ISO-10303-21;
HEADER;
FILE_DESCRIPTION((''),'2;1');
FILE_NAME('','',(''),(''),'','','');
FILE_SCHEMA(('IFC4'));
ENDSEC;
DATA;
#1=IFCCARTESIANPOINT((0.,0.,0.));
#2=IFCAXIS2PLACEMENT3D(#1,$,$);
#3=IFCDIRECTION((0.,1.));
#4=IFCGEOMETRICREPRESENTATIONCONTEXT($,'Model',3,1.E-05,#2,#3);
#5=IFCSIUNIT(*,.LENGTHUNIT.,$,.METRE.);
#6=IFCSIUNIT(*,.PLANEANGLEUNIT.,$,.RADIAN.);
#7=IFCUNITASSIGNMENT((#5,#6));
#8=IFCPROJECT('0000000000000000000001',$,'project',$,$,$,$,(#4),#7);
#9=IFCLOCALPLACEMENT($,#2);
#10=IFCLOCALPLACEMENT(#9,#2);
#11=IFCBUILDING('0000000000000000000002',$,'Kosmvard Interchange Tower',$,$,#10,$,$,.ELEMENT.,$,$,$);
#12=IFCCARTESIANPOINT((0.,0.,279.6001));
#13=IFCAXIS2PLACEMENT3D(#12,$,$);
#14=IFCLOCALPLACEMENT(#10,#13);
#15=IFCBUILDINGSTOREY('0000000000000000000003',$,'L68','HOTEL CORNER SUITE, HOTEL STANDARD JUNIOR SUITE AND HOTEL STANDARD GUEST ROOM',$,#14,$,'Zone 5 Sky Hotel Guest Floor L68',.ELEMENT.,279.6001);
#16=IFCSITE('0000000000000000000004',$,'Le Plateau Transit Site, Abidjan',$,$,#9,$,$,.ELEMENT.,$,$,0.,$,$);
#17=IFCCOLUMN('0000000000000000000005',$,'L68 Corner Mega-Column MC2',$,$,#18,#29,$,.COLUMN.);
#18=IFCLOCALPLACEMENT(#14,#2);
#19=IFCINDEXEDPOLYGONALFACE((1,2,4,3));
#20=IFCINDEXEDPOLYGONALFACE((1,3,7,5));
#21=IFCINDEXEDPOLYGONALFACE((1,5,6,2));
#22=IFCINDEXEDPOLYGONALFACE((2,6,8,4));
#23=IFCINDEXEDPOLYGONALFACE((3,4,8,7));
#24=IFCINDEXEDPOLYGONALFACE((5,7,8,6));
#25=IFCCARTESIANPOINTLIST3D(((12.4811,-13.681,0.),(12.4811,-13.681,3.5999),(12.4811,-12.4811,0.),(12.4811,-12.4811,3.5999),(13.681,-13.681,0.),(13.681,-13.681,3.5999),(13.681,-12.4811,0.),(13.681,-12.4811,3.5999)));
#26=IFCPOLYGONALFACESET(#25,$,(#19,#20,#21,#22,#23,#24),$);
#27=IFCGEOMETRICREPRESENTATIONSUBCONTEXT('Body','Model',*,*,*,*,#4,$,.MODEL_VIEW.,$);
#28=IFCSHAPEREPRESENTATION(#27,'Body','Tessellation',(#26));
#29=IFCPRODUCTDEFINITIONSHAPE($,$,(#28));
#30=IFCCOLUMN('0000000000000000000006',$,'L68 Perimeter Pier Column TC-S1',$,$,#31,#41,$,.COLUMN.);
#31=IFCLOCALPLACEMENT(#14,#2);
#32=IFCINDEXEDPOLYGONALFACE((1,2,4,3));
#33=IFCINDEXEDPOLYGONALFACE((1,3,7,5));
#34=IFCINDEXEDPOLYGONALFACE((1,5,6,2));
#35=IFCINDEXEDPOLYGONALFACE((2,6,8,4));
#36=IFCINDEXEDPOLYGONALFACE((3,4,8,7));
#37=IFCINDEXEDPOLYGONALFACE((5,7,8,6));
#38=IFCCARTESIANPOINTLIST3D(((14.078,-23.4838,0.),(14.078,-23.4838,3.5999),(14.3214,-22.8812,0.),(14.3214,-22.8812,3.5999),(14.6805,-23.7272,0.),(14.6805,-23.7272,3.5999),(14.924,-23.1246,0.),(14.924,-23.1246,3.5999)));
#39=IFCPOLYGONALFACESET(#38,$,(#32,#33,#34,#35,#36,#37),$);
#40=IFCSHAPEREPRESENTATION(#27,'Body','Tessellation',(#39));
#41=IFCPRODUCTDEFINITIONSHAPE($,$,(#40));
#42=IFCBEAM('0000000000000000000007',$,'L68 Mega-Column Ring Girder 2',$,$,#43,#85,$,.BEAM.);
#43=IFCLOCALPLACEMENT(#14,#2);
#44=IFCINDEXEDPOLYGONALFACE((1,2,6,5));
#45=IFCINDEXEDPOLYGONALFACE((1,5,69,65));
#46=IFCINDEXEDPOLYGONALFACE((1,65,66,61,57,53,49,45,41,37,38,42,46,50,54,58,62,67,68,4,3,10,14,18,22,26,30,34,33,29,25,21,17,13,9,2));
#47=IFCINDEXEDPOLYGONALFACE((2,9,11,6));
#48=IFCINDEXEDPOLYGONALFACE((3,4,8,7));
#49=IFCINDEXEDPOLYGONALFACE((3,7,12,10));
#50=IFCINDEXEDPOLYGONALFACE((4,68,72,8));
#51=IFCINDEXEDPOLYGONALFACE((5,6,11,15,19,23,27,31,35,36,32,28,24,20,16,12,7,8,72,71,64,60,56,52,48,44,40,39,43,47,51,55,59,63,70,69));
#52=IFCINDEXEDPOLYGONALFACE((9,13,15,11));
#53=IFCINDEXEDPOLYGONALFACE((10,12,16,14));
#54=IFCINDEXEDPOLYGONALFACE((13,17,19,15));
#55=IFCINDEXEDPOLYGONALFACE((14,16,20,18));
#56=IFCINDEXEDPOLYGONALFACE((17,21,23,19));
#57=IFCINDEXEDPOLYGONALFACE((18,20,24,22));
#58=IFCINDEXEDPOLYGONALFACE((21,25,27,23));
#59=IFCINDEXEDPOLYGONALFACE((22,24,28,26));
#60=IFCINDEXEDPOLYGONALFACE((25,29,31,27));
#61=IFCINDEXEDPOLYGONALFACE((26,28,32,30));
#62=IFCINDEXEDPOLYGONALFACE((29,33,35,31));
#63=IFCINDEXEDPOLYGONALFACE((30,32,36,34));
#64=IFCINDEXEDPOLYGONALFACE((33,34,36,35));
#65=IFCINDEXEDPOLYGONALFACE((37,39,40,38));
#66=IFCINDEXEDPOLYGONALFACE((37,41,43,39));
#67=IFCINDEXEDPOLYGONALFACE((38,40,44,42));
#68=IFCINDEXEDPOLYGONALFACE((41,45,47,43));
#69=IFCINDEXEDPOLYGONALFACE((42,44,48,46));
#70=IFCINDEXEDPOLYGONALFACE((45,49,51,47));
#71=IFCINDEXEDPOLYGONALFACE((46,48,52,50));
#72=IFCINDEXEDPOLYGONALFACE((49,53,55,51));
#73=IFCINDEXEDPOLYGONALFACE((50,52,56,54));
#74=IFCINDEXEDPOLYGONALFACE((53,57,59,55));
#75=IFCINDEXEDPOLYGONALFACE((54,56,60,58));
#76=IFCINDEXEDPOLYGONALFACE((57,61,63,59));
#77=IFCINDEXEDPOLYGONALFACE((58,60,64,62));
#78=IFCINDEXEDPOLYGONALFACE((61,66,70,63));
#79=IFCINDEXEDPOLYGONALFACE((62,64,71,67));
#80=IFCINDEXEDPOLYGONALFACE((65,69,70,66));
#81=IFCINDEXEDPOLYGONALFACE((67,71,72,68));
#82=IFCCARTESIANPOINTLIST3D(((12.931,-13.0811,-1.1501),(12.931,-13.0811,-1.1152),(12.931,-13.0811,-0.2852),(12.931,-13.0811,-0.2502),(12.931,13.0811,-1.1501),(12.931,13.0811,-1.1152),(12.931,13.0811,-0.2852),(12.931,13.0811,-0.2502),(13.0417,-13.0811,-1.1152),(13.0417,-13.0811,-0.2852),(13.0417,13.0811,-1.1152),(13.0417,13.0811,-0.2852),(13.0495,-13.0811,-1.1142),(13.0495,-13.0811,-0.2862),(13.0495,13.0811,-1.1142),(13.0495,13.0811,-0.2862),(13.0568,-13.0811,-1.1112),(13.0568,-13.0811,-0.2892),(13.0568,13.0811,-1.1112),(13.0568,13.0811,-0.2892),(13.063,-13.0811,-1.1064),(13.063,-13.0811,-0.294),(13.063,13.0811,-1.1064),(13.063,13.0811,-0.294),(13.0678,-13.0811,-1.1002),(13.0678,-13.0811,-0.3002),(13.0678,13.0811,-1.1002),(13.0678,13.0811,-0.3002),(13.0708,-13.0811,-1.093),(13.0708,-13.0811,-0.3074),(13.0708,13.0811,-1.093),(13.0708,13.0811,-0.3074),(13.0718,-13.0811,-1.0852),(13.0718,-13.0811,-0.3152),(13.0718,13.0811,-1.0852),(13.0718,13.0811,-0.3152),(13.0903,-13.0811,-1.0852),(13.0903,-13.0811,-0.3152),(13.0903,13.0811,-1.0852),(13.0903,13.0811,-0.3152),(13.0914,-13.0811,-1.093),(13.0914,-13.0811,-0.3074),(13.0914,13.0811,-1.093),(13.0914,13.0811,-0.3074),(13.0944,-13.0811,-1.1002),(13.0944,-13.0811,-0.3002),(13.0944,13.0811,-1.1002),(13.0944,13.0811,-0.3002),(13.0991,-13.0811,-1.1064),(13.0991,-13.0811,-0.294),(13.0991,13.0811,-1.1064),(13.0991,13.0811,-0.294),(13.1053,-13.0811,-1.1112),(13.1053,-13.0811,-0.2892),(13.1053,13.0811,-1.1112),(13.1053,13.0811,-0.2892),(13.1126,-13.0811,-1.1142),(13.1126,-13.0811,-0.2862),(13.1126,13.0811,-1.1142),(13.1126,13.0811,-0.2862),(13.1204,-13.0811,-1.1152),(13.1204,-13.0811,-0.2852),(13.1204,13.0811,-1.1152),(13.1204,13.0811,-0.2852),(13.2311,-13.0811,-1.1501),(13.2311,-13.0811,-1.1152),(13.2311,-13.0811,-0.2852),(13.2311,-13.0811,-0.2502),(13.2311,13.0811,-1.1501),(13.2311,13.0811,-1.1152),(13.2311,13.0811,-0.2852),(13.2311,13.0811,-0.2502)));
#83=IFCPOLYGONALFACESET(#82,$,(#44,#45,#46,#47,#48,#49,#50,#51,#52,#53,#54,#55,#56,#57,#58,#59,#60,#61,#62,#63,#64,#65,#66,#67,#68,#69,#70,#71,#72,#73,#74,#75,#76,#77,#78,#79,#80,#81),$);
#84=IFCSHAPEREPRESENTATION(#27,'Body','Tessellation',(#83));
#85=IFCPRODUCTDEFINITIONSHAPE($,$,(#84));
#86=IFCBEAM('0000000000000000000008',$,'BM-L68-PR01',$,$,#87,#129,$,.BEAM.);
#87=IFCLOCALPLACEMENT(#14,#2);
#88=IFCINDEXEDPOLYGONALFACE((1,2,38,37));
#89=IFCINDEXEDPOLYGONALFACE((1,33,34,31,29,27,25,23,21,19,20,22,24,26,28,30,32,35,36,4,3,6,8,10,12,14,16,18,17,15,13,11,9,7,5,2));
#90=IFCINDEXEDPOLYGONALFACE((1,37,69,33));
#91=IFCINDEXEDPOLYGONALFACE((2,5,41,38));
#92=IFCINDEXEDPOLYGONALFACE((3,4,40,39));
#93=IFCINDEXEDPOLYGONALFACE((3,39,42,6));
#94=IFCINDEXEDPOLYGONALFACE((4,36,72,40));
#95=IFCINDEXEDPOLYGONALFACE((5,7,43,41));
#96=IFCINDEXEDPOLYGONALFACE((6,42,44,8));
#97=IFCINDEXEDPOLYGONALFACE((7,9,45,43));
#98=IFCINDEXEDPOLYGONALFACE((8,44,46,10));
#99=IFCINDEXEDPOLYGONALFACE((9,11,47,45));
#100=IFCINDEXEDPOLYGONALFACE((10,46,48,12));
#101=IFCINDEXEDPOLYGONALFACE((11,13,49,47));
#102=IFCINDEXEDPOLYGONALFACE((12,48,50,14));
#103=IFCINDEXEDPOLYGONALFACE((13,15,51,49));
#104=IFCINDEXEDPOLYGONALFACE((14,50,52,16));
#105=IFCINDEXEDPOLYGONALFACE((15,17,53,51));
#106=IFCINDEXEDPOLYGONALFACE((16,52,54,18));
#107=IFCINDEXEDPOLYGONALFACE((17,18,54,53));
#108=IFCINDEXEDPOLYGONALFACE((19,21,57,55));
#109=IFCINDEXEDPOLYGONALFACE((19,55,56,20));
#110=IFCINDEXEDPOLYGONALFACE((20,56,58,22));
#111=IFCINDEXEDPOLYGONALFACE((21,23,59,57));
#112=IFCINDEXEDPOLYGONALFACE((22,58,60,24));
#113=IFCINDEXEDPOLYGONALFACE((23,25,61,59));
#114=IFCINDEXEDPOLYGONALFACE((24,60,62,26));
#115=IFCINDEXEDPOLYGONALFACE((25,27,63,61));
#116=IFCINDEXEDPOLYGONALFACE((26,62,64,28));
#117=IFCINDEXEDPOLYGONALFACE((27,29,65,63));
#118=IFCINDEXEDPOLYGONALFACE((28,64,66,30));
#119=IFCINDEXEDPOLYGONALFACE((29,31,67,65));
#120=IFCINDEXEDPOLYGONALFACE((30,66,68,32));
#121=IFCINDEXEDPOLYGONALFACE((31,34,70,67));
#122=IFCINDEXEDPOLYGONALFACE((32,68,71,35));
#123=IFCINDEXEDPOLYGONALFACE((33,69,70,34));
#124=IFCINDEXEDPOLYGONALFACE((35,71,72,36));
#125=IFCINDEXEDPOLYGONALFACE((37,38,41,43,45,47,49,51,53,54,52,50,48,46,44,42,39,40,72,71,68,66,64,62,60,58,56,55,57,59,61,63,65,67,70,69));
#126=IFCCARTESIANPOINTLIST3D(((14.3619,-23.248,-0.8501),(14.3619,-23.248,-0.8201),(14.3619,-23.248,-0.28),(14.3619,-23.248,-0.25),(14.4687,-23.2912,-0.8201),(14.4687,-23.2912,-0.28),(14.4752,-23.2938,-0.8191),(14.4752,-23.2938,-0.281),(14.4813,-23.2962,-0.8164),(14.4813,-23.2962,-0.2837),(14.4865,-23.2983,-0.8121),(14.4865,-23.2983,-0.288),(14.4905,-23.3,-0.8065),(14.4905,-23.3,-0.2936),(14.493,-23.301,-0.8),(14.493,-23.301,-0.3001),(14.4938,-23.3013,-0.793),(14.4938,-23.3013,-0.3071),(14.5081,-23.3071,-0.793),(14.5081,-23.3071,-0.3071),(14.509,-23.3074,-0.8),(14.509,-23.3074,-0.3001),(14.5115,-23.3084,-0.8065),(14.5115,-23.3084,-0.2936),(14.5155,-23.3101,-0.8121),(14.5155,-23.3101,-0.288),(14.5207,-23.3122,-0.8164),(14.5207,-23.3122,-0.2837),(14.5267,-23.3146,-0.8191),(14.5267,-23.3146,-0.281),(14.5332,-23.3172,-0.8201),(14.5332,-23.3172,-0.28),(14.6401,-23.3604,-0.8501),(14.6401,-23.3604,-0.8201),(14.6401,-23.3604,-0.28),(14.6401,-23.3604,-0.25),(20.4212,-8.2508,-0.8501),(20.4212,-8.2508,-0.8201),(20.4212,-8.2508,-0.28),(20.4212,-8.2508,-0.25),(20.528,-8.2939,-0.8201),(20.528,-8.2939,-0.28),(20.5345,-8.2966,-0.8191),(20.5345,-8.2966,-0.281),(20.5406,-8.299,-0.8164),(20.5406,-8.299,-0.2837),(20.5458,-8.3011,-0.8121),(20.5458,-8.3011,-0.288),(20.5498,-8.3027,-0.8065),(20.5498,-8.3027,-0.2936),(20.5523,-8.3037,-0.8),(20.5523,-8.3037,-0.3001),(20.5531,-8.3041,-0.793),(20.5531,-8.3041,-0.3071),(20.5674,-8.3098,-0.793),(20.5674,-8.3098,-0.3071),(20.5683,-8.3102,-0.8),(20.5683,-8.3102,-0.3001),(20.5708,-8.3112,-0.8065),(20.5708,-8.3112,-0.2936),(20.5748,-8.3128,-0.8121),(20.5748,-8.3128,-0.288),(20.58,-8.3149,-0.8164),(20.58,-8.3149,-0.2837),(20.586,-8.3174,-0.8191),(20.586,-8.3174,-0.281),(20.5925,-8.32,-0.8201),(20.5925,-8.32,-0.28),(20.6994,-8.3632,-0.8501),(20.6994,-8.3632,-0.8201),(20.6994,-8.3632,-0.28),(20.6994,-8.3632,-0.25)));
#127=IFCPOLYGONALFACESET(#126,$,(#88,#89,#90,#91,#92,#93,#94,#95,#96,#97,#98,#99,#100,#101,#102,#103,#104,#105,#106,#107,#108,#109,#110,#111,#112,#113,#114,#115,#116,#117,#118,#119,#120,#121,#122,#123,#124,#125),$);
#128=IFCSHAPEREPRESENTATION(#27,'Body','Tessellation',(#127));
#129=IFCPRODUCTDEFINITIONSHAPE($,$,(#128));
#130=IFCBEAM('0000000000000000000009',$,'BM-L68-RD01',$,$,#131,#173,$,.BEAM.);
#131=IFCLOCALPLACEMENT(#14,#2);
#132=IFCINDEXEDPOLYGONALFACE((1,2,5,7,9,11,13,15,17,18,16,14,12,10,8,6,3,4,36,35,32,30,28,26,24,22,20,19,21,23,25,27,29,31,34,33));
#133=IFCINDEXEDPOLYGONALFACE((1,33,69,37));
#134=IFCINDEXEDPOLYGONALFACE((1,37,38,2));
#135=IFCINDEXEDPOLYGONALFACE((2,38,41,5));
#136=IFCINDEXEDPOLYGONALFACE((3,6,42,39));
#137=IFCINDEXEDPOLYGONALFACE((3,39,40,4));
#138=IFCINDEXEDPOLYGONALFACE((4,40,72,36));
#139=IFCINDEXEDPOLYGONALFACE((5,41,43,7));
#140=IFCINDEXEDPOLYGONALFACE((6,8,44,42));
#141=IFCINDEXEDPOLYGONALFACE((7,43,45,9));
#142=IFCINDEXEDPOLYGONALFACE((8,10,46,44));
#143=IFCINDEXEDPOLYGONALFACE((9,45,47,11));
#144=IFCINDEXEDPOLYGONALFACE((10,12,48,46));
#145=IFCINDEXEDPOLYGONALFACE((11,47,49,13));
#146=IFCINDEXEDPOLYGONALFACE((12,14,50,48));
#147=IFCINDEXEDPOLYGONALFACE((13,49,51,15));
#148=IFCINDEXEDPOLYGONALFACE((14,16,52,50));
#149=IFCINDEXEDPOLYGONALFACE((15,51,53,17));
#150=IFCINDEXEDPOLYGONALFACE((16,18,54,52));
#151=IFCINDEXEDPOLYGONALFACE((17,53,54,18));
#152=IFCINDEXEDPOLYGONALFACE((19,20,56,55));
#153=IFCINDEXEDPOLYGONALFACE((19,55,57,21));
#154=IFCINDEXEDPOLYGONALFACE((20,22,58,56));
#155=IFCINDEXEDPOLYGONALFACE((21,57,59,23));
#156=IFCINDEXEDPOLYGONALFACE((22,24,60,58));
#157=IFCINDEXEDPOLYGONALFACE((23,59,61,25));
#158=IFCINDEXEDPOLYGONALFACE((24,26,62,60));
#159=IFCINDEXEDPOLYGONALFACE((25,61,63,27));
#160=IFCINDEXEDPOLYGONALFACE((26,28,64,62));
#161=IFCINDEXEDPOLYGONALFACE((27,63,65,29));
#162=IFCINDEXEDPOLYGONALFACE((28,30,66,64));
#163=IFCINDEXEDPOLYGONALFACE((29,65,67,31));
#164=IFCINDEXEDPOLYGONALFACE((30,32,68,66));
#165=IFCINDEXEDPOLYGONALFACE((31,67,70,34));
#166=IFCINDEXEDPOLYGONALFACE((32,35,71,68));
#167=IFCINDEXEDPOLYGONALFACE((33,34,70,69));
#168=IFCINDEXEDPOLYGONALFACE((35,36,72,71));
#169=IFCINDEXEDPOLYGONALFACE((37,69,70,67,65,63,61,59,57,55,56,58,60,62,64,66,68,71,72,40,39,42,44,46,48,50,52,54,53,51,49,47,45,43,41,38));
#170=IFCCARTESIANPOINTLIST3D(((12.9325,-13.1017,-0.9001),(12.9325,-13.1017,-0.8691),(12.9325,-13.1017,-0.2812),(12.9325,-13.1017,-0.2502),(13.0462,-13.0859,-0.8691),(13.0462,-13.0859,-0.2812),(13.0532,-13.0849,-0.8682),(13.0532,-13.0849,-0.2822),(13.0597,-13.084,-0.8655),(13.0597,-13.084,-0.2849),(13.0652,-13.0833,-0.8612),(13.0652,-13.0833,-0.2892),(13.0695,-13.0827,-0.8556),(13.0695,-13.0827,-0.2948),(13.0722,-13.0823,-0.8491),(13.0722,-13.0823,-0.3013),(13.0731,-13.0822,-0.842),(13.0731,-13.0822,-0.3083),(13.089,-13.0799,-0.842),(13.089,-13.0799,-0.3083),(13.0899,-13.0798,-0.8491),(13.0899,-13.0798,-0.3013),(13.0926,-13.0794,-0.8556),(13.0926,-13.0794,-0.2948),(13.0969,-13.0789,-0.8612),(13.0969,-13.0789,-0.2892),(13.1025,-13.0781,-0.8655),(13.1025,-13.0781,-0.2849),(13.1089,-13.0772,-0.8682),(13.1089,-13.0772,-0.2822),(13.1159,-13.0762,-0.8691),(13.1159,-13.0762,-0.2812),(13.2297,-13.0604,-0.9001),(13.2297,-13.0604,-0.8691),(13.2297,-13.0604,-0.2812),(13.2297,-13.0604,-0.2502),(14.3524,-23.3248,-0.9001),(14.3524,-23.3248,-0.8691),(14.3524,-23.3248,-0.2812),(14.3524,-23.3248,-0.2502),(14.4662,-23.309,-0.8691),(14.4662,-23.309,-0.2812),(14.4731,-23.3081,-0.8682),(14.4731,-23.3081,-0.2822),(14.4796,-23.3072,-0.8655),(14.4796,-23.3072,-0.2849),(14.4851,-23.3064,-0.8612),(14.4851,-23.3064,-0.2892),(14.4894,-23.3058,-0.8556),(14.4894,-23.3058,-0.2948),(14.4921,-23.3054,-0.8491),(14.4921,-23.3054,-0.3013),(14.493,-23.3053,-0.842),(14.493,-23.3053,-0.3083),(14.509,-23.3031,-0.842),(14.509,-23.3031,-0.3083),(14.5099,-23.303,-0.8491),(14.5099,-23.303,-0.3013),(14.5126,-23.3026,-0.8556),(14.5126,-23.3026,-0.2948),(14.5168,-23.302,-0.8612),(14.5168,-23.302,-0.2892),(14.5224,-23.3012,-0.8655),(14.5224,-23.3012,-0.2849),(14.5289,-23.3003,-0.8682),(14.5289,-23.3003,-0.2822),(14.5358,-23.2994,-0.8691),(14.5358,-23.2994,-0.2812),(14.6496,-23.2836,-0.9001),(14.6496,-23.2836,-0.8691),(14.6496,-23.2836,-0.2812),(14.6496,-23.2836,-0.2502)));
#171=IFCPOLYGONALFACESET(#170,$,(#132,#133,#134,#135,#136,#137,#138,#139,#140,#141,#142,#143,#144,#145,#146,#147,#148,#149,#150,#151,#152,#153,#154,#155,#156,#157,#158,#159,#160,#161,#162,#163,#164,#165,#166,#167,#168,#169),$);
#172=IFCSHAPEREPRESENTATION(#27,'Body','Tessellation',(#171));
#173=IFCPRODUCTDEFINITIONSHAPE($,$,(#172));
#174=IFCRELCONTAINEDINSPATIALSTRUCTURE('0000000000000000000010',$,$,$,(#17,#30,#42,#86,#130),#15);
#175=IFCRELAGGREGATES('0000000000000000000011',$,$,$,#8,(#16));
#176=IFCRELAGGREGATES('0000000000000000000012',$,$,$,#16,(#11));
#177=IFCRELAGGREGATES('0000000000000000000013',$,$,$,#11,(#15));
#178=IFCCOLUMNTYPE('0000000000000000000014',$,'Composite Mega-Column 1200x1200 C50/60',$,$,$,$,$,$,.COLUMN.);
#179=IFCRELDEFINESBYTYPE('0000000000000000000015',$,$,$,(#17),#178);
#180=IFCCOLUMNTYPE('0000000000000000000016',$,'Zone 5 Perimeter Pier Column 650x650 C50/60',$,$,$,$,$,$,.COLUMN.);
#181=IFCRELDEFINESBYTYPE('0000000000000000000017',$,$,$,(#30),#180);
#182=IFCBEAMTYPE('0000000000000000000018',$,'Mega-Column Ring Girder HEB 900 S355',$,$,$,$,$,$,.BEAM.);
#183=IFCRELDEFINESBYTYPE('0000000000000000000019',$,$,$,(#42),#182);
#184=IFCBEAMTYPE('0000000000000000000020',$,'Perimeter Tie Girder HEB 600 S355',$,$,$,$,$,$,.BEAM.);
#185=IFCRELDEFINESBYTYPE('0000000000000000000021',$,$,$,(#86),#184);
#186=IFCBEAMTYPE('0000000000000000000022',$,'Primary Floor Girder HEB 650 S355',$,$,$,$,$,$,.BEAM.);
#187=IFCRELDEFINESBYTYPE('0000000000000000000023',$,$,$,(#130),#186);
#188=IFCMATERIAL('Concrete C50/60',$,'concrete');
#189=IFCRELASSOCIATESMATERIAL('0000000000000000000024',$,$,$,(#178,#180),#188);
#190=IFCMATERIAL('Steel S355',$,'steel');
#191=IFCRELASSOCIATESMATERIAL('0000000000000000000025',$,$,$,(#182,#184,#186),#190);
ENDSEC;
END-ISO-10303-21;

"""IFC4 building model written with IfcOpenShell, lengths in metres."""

from ifc_helpers import new_model, si_unit, direction, frame, origin, origin_2d, place, context, subcontext, project, spatial, rectangle, i_section, extrude, source, transform, mapped, material, material_profile, profile_set, type_object, element, save


model = new_model("IFC4")

# Units and contexts
model_context = context("Model", 3, precision=1e-05, world=origin(), true_north=direction((0.0, 1.0)))
body_context = subcontext(model_context, "Body", "Model", "MODEL_VIEW")
ifc_project = project(units=[si_unit("LENGTHUNIT", "METRE"), si_unit("PLANEANGLEUNIT", "RADIAN")], contexts=[model_context])

# Site, building, storey
site_placement = place(None, origin())
site = spatial("IfcSite", under=ifc_project, at=site_placement, Name="Le Plateau Transit Site, Abidjan", CompositionType="ELEMENT", RefElevation=0.0)
building_placement = place(site_placement, origin())
building = spatial("IfcBuilding", under=site, at=building_placement, Name="Kosmvard Interchange Tower", CompositionType="ELEMENT")
storey_placement = place(building_placement, frame((0.0, 0.0, 279.6001)))
storey = spatial("IfcBuildingStorey", under=building, at=storey_placement, Name="L68", Description="HOTEL CORNER SUITE, HOTEL STANDARD JUNIOR SUITE AND HOTEL STANDARD GUEST ROOM", LongName="Zone 5 Sky Hotel Guest Floor L68", CompositionType="ELEMENT", Elevation=279.6001)

# Columns
ifc_material_1 = material(Name="Concrete C50/60", Category="concrete")
ifc_material_profile_1 = material_profile(ifc_material_1, rectangle(XDim=1.2, YDim=1.2, at=origin_2d()), Name="MC 1200x1200")
ifc_profile_set_1 = profile_set([ifc_material_profile_1], Name="Concrete C50/60")
column_type_1 = type_object("IfcColumnType", Name="Composite Mega-Column 1200x1200 C50/60", PredefinedType="COLUMN", material=ifc_profile_set_1)
shared_shape_1 = source(origin(), body_context, "Body", "SweptSolid", [
    extrude(rectangle(XDim=1.2, YDim=1.2, at=origin_2d()), origin(), (0.0, 0.0, 1.0), 3.5999),
])
column_1_placement = place(storey_placement, frame((13.0811, -13.0811, 0.0), z_axis=(0.0, 0.0, 1.0), x_axis=(1.0, 0.0, 0.0)))
element("IfcColumn", 1, at=column_1_placement, inside=storey, type_object=column_type_1, Name="L68 Corner Mega-Column MC2", PredefinedType="COLUMN", context=body_context, shape_type="MappedRepresentation", body=[
    mapped(shared_shape_1, transform((0.0, 0.0, 0.0), scale=1.0)),
])
ifc_material_profile_2 = material_profile(ifc_material_1, rectangle(XDim=0.6499, YDim=0.6499, at=origin_2d()), Name="TC 650x650")
ifc_profile_set_2 = profile_set([ifc_material_profile_2], Name="Concrete C50/60")
column_type_2 = type_object("IfcColumnType", Name="Zone 5 Perimeter Pier Column 650x650 C50/60", PredefinedType="COLUMN", material=ifc_profile_set_2)
shared_shape_2 = source(origin(), body_context, "Body", "SweptSolid", [
    extrude(rectangle(XDim=0.6499, YDim=0.6499, at=origin_2d()), origin(), (0.0, 0.0, 1.0), 3.5999),
])
column_2_placement = place(storey_placement, frame((14.501, -23.3042, 0.0), z_axis=(0.0, 0.0, 1.0), x_axis=(0.374607, 0.927184, 0.0)))
element("IfcColumn", 2, at=column_2_placement, inside=storey, type_object=column_type_2, Name="L68 Perimeter Pier Column TC-S1", PredefinedType="COLUMN", context=body_context, shape_type="MappedRepresentation", body=[
    mapped(shared_shape_2, transform((0.0, 0.0, 0.0), scale=1.0)),
])

# Beams
ifc_material_2 = material(Name="Steel S355", Category="steel")
ifc_material_profile_3 = material_profile(ifc_material_2, i_section(OverallWidth=0.3, OverallDepth=0.8999, WebThickness=0.0186, FlangeThickness=0.0349, FilletRadius=0.03, at=origin_2d()), Name="HEB 900")
ifc_profile_set_3 = profile_set([ifc_material_profile_3], Name="Steel S355")
beam_type_1 = type_object("IfcBeamType", Name="Mega-Column Ring Girder HEB 900 S355", PredefinedType="BEAM", material=ifc_profile_set_3)
shared_shape_3 = source(origin(), body_context, "Body", "SweptSolid", [
    extrude(i_section(OverallWidth=0.3, OverallDepth=0.8999, WebThickness=0.0186, FlangeThickness=0.0349, FilletRadius=0.03, at=origin_2d()), origin(), (0.0, 0.0, 1.0), 26.1621),
])
beam_1_placement = place(storey_placement, frame((13.0811, -13.0811, -0.7002), z_axis=(0.0, 1.0, 0.0), x_axis=(-1.0, 0.0, 0.0)))
element("IfcBeam", 3, at=beam_1_placement, inside=storey, type_object=beam_type_1, Name="L68 Mega-Column Ring Girder 2", PredefinedType="BEAM", context=body_context, shape_type="MappedRepresentation", body=[
    mapped(shared_shape_3, transform((0.0, 0.0, 0.0), scale=1.0)),
])
ifc_material_profile_4 = material_profile(ifc_material_2, i_section(OverallWidth=0.3, OverallDepth=0.6001, WebThickness=0.0154, FlangeThickness=0.03, FilletRadius=0.0271, at=origin_2d()), Name="HEB 600")
ifc_profile_set_4 = profile_set([ifc_material_profile_4], Name="Steel S355")
beam_type_2 = type_object("IfcBeamType", Name="Perimeter Tie Girder HEB 600 S355", PredefinedType="BEAM", material=ifc_profile_set_4)
shared_shape_4 = source(origin(), body_context, "Body", "SweptSolid", [
    extrude(i_section(OverallWidth=0.3, OverallDepth=0.6001, WebThickness=0.0154, FlangeThickness=0.03, FilletRadius=0.0271, at=origin_2d()), origin(), (0.0, 0.0, 1.0), 16.175),
])
beam_2_placement = place(storey_placement, frame((14.501, -23.3042, -0.55), z_axis=(0.374608, 0.927183, 0.0), x_axis=(-0.927183, 0.374608, 0.0)))
element("IfcBeam", 4, at=beam_2_placement, inside=storey, type_object=beam_type_2, Name="BM-L68-PR01", PredefinedType="BEAM", context=body_context, shape_type="MappedRepresentation", body=[
    mapped(shared_shape_4, transform((0.0, 0.0, 0.0), scale=1.0)),
])
ifc_material_profile_5 = material_profile(ifc_material_2, i_section(OverallWidth=0.3, OverallDepth=0.6499, WebThickness=0.0161, FlangeThickness=0.031, FilletRadius=0.0271, at=origin_2d()), Name="HEB 650")
ifc_profile_set_5 = profile_set([ifc_material_profile_5], Name="Steel S355")
beam_type_3 = type_object("IfcBeamType", Name="Primary Floor Girder HEB 650 S355", PredefinedType="BEAM", material=ifc_profile_set_5)
shared_shape_5 = source(origin(), body_context, "Body", "SweptSolid", [
    extrude(i_section(OverallWidth=0.3, OverallDepth=0.6499, WebThickness=0.0161, FlangeThickness=0.031, FilletRadius=0.0271, at=origin_2d()), origin(), (0.0, 0.0, 1.0), 10.3213),
])
beam_3_placement = place(storey_placement, frame((13.0811, -13.0811, -0.5752), z_axis=(0.137572, -0.990492, 0.0), x_axis=(0.990492, 0.137572, 0.0)))
element("IfcBeam", 5, at=beam_3_placement, inside=storey, type_object=beam_type_3, Name="BM-L68-RD01", PredefinedType="BEAM", context=body_context, shape_type="MappedRepresentation", body=[
    mapped(shared_shape_5, transform((0.0, 0.0, 0.0), scale=1.0)),
])

save(model, "model.ifc")
